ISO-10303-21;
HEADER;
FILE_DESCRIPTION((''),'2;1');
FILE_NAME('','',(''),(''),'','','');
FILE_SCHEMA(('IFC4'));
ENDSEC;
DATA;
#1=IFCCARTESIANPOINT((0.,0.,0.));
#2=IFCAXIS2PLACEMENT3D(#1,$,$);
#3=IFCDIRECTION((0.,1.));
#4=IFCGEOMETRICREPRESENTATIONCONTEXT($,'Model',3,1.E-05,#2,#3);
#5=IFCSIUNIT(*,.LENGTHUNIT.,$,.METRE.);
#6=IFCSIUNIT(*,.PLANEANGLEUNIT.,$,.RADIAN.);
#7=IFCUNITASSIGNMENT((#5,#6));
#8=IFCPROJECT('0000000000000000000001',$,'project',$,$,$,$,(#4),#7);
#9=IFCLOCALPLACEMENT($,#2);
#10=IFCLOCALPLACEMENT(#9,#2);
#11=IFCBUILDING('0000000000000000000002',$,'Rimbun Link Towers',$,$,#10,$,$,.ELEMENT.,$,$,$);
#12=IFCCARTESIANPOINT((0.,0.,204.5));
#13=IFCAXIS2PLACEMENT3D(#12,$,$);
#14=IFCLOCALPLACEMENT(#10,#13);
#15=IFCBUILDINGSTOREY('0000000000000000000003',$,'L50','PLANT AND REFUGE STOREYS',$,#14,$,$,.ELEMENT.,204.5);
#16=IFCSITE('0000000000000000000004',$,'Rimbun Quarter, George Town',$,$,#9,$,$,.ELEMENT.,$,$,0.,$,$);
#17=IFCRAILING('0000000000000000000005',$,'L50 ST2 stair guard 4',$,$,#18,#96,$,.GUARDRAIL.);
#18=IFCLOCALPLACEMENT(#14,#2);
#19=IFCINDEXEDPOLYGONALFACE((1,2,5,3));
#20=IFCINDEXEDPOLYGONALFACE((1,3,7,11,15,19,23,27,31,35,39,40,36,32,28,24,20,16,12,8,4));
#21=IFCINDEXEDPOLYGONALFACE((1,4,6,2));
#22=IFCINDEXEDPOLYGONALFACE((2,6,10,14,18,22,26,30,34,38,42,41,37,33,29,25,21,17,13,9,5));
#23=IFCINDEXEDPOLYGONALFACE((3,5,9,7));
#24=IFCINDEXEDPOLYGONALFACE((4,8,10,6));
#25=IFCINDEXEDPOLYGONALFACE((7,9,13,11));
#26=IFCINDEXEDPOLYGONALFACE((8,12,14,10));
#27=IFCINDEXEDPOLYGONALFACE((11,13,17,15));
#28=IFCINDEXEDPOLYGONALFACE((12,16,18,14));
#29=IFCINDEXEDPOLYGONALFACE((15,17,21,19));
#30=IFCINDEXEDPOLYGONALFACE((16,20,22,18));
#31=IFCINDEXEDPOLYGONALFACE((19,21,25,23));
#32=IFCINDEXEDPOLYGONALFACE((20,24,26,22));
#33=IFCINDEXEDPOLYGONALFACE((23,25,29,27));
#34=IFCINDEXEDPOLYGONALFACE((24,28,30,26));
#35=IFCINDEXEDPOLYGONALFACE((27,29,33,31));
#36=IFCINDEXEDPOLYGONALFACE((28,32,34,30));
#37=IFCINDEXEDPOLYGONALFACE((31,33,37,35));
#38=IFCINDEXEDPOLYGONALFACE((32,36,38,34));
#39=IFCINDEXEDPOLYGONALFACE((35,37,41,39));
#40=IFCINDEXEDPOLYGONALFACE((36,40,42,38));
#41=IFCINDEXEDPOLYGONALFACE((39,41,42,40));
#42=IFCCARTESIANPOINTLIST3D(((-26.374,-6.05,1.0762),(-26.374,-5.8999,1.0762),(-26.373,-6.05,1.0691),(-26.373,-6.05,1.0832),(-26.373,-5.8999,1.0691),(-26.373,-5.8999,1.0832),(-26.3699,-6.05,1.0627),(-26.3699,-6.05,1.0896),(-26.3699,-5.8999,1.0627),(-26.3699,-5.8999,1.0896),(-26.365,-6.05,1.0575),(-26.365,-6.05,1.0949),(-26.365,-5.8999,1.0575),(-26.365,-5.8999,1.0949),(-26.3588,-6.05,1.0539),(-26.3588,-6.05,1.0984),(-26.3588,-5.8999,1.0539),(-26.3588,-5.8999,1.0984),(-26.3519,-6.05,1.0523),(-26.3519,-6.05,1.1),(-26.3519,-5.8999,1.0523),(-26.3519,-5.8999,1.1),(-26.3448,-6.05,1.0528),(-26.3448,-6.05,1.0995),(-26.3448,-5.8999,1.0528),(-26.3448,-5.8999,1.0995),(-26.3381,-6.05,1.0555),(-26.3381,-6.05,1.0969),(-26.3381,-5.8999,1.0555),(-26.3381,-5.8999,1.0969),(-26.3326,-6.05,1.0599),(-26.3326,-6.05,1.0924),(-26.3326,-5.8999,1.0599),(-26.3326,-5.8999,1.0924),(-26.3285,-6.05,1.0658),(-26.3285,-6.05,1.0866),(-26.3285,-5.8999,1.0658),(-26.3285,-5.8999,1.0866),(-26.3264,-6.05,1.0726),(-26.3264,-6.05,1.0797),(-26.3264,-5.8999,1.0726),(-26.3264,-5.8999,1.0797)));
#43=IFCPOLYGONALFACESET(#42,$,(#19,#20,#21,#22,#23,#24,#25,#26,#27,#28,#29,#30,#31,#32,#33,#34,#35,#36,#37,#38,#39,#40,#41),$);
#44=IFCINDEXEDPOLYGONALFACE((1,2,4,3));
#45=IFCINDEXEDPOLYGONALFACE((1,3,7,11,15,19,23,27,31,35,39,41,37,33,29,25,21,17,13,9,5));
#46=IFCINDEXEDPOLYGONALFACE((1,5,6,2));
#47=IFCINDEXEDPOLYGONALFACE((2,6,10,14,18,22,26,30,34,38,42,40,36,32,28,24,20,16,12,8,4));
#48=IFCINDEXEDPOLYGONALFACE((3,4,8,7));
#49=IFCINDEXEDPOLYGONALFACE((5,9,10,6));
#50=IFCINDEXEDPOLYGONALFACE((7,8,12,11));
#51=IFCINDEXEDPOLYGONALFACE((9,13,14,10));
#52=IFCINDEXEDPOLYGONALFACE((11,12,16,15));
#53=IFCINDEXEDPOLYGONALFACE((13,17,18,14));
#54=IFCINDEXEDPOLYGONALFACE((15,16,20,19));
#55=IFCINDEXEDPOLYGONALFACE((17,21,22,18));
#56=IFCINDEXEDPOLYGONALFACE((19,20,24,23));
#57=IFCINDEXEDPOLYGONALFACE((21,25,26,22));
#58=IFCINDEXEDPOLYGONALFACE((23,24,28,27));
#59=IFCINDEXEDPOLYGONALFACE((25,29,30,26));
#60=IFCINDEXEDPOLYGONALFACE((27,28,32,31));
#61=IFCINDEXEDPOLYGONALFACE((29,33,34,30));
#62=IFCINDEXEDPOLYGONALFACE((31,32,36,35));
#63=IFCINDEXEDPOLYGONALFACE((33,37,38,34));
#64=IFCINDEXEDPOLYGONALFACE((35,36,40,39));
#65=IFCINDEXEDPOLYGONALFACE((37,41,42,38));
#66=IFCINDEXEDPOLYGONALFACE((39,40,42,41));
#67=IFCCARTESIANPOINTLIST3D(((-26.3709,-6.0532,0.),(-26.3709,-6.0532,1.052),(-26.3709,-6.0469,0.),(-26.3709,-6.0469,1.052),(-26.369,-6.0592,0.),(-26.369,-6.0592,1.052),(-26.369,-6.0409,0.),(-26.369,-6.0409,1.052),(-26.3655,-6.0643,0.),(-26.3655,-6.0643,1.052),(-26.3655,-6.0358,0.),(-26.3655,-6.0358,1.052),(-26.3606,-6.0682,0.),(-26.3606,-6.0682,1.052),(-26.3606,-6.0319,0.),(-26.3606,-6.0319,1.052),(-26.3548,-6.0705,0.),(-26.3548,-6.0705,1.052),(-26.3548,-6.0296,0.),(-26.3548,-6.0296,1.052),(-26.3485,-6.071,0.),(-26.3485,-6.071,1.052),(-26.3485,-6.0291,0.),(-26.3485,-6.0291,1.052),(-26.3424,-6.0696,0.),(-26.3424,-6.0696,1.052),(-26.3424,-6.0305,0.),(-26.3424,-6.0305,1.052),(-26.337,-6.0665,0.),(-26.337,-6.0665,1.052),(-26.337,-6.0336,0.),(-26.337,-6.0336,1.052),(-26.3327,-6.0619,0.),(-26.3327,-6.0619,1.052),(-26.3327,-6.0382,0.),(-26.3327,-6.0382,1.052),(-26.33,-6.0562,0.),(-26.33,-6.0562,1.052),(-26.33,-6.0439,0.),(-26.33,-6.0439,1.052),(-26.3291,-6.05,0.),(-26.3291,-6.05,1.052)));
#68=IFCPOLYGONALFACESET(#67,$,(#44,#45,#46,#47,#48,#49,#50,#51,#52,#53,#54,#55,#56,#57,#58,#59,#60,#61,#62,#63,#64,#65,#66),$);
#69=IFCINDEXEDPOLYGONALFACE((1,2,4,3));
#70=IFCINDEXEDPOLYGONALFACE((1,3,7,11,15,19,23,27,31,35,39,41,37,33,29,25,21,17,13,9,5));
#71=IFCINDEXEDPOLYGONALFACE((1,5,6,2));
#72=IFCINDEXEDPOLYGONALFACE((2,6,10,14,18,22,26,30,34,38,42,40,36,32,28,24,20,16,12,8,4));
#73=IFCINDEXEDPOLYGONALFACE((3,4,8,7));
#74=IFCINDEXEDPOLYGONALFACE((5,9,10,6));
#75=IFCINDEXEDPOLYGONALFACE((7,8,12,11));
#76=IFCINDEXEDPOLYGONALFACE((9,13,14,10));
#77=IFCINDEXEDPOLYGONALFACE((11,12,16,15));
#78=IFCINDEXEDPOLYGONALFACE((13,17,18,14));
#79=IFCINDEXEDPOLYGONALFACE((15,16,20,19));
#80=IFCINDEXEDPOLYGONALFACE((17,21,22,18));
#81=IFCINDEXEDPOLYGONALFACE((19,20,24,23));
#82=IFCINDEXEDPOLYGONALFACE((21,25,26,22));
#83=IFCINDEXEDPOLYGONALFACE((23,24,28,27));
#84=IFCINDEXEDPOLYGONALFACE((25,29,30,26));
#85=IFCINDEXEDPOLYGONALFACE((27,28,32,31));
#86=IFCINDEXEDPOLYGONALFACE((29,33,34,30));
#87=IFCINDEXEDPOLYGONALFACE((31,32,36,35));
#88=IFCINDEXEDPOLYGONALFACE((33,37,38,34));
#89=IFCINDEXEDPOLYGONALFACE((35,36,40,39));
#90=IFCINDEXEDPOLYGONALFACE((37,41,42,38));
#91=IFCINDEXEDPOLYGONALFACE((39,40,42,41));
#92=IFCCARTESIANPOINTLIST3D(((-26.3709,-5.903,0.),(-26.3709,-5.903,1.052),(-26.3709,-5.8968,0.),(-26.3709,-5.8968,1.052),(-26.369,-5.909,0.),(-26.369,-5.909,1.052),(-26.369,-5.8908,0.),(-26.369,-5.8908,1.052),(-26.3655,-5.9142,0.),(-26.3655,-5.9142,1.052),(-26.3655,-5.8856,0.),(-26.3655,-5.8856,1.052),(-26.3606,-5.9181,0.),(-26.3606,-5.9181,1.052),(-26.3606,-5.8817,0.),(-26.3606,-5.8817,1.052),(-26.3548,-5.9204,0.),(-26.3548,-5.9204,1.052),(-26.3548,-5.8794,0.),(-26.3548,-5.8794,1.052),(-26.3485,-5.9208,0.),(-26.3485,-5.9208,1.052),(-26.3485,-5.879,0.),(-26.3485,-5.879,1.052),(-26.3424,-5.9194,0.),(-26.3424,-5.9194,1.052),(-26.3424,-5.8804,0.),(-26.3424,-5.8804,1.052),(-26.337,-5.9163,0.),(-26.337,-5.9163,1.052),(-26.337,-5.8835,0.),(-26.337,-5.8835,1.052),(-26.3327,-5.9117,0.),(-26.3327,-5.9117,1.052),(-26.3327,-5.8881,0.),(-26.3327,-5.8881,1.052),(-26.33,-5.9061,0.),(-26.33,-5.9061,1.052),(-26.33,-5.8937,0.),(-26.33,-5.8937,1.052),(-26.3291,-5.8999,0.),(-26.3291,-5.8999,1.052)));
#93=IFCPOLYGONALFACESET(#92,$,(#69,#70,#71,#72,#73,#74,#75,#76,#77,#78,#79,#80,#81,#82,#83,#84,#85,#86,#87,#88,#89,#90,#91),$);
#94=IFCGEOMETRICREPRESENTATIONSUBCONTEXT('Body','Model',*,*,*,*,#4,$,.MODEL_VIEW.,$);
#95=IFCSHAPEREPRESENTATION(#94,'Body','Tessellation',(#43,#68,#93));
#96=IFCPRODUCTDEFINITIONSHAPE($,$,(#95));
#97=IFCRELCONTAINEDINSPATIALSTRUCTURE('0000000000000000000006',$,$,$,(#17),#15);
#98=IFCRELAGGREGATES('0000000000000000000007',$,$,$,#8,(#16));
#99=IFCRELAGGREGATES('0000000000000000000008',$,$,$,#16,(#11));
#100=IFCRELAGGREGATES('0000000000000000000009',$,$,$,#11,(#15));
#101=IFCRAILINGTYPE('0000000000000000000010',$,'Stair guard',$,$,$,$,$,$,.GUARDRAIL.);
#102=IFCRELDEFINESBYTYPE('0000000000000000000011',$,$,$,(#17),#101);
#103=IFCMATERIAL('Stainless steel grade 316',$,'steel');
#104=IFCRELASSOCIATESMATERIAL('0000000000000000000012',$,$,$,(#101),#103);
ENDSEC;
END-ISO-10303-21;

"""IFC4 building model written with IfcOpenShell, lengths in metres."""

from ifc_helpers import new_model, si_unit, direction, frame, origin, origin_2d, place, context, subcontext, project, spatial, circle, extrude, material, type_object, element, save


model = new_model("IFC4")

# Units and contexts
model_context = context("Model", 3, precision=1e-05, world=origin(), true_north=direction((0.0, 1.0)))
body_context = subcontext(model_context, "Body", "Model", "MODEL_VIEW")
ifc_project = project(units=[si_unit("LENGTHUNIT", "METRE"), si_unit("PLANEANGLEUNIT", "RADIAN")], contexts=[model_context])

# Site, building, storey
site_placement = place(None, origin())
site = spatial("IfcSite", under=ifc_project, at=site_placement, Name="Rimbun Quarter, George Town", CompositionType="ELEMENT", RefElevation=0.0)
building_placement = place(site_placement, origin())
building = spatial("IfcBuilding", under=site, at=building_placement, Name="Rimbun Link Towers", CompositionType="ELEMENT")
storey_placement = place(building_placement, frame((0.0, 0.0, 204.5)))
storey = spatial("IfcBuildingStorey", under=building, at=storey_placement, Name="L50", Description="PLANT AND REFUGE STOREYS", CompositionType="ELEMENT", Elevation=204.5)

# Railing
ifc_material_1 = material(Name="Stainless steel grade 316", Category="steel")
railing_type_1 = type_object("IfcRailingType", Name="Stair guard", PredefinedType="GUARDRAIL", material=ifc_material_1)
railing_1_placement = place(storey_placement, frame((-26.3501, -6.05, 0.0)))
element("IfcRailing", 1, at=railing_1_placement, inside=storey, type_object=railing_type_1, Name="L50 ST2 stair guard 4", PredefinedType="GUARDRAIL", context=body_context, shape_type="SweptSolid", body=[
    extrude(circle(Radius=0.0239, at=origin_2d()), frame((0.0, 0.0, 1.0762), z_axis=(0.0, 1.0, 0.0), x_axis=(-1.0, 0.0, 0.0)), (0.0, 0.0, 1.0), 0.1501),
    extrude(circle(Radius=0.021, at=origin_2d()), origin(), (0.0, 0.0, 1.0), 1.052),
    extrude(circle(Radius=0.021, at=origin_2d()), frame((0.0, 0.1501, 0.0)), (0.0, 0.0, 1.0), 1.052),
])

save(model, "model.ifc")
